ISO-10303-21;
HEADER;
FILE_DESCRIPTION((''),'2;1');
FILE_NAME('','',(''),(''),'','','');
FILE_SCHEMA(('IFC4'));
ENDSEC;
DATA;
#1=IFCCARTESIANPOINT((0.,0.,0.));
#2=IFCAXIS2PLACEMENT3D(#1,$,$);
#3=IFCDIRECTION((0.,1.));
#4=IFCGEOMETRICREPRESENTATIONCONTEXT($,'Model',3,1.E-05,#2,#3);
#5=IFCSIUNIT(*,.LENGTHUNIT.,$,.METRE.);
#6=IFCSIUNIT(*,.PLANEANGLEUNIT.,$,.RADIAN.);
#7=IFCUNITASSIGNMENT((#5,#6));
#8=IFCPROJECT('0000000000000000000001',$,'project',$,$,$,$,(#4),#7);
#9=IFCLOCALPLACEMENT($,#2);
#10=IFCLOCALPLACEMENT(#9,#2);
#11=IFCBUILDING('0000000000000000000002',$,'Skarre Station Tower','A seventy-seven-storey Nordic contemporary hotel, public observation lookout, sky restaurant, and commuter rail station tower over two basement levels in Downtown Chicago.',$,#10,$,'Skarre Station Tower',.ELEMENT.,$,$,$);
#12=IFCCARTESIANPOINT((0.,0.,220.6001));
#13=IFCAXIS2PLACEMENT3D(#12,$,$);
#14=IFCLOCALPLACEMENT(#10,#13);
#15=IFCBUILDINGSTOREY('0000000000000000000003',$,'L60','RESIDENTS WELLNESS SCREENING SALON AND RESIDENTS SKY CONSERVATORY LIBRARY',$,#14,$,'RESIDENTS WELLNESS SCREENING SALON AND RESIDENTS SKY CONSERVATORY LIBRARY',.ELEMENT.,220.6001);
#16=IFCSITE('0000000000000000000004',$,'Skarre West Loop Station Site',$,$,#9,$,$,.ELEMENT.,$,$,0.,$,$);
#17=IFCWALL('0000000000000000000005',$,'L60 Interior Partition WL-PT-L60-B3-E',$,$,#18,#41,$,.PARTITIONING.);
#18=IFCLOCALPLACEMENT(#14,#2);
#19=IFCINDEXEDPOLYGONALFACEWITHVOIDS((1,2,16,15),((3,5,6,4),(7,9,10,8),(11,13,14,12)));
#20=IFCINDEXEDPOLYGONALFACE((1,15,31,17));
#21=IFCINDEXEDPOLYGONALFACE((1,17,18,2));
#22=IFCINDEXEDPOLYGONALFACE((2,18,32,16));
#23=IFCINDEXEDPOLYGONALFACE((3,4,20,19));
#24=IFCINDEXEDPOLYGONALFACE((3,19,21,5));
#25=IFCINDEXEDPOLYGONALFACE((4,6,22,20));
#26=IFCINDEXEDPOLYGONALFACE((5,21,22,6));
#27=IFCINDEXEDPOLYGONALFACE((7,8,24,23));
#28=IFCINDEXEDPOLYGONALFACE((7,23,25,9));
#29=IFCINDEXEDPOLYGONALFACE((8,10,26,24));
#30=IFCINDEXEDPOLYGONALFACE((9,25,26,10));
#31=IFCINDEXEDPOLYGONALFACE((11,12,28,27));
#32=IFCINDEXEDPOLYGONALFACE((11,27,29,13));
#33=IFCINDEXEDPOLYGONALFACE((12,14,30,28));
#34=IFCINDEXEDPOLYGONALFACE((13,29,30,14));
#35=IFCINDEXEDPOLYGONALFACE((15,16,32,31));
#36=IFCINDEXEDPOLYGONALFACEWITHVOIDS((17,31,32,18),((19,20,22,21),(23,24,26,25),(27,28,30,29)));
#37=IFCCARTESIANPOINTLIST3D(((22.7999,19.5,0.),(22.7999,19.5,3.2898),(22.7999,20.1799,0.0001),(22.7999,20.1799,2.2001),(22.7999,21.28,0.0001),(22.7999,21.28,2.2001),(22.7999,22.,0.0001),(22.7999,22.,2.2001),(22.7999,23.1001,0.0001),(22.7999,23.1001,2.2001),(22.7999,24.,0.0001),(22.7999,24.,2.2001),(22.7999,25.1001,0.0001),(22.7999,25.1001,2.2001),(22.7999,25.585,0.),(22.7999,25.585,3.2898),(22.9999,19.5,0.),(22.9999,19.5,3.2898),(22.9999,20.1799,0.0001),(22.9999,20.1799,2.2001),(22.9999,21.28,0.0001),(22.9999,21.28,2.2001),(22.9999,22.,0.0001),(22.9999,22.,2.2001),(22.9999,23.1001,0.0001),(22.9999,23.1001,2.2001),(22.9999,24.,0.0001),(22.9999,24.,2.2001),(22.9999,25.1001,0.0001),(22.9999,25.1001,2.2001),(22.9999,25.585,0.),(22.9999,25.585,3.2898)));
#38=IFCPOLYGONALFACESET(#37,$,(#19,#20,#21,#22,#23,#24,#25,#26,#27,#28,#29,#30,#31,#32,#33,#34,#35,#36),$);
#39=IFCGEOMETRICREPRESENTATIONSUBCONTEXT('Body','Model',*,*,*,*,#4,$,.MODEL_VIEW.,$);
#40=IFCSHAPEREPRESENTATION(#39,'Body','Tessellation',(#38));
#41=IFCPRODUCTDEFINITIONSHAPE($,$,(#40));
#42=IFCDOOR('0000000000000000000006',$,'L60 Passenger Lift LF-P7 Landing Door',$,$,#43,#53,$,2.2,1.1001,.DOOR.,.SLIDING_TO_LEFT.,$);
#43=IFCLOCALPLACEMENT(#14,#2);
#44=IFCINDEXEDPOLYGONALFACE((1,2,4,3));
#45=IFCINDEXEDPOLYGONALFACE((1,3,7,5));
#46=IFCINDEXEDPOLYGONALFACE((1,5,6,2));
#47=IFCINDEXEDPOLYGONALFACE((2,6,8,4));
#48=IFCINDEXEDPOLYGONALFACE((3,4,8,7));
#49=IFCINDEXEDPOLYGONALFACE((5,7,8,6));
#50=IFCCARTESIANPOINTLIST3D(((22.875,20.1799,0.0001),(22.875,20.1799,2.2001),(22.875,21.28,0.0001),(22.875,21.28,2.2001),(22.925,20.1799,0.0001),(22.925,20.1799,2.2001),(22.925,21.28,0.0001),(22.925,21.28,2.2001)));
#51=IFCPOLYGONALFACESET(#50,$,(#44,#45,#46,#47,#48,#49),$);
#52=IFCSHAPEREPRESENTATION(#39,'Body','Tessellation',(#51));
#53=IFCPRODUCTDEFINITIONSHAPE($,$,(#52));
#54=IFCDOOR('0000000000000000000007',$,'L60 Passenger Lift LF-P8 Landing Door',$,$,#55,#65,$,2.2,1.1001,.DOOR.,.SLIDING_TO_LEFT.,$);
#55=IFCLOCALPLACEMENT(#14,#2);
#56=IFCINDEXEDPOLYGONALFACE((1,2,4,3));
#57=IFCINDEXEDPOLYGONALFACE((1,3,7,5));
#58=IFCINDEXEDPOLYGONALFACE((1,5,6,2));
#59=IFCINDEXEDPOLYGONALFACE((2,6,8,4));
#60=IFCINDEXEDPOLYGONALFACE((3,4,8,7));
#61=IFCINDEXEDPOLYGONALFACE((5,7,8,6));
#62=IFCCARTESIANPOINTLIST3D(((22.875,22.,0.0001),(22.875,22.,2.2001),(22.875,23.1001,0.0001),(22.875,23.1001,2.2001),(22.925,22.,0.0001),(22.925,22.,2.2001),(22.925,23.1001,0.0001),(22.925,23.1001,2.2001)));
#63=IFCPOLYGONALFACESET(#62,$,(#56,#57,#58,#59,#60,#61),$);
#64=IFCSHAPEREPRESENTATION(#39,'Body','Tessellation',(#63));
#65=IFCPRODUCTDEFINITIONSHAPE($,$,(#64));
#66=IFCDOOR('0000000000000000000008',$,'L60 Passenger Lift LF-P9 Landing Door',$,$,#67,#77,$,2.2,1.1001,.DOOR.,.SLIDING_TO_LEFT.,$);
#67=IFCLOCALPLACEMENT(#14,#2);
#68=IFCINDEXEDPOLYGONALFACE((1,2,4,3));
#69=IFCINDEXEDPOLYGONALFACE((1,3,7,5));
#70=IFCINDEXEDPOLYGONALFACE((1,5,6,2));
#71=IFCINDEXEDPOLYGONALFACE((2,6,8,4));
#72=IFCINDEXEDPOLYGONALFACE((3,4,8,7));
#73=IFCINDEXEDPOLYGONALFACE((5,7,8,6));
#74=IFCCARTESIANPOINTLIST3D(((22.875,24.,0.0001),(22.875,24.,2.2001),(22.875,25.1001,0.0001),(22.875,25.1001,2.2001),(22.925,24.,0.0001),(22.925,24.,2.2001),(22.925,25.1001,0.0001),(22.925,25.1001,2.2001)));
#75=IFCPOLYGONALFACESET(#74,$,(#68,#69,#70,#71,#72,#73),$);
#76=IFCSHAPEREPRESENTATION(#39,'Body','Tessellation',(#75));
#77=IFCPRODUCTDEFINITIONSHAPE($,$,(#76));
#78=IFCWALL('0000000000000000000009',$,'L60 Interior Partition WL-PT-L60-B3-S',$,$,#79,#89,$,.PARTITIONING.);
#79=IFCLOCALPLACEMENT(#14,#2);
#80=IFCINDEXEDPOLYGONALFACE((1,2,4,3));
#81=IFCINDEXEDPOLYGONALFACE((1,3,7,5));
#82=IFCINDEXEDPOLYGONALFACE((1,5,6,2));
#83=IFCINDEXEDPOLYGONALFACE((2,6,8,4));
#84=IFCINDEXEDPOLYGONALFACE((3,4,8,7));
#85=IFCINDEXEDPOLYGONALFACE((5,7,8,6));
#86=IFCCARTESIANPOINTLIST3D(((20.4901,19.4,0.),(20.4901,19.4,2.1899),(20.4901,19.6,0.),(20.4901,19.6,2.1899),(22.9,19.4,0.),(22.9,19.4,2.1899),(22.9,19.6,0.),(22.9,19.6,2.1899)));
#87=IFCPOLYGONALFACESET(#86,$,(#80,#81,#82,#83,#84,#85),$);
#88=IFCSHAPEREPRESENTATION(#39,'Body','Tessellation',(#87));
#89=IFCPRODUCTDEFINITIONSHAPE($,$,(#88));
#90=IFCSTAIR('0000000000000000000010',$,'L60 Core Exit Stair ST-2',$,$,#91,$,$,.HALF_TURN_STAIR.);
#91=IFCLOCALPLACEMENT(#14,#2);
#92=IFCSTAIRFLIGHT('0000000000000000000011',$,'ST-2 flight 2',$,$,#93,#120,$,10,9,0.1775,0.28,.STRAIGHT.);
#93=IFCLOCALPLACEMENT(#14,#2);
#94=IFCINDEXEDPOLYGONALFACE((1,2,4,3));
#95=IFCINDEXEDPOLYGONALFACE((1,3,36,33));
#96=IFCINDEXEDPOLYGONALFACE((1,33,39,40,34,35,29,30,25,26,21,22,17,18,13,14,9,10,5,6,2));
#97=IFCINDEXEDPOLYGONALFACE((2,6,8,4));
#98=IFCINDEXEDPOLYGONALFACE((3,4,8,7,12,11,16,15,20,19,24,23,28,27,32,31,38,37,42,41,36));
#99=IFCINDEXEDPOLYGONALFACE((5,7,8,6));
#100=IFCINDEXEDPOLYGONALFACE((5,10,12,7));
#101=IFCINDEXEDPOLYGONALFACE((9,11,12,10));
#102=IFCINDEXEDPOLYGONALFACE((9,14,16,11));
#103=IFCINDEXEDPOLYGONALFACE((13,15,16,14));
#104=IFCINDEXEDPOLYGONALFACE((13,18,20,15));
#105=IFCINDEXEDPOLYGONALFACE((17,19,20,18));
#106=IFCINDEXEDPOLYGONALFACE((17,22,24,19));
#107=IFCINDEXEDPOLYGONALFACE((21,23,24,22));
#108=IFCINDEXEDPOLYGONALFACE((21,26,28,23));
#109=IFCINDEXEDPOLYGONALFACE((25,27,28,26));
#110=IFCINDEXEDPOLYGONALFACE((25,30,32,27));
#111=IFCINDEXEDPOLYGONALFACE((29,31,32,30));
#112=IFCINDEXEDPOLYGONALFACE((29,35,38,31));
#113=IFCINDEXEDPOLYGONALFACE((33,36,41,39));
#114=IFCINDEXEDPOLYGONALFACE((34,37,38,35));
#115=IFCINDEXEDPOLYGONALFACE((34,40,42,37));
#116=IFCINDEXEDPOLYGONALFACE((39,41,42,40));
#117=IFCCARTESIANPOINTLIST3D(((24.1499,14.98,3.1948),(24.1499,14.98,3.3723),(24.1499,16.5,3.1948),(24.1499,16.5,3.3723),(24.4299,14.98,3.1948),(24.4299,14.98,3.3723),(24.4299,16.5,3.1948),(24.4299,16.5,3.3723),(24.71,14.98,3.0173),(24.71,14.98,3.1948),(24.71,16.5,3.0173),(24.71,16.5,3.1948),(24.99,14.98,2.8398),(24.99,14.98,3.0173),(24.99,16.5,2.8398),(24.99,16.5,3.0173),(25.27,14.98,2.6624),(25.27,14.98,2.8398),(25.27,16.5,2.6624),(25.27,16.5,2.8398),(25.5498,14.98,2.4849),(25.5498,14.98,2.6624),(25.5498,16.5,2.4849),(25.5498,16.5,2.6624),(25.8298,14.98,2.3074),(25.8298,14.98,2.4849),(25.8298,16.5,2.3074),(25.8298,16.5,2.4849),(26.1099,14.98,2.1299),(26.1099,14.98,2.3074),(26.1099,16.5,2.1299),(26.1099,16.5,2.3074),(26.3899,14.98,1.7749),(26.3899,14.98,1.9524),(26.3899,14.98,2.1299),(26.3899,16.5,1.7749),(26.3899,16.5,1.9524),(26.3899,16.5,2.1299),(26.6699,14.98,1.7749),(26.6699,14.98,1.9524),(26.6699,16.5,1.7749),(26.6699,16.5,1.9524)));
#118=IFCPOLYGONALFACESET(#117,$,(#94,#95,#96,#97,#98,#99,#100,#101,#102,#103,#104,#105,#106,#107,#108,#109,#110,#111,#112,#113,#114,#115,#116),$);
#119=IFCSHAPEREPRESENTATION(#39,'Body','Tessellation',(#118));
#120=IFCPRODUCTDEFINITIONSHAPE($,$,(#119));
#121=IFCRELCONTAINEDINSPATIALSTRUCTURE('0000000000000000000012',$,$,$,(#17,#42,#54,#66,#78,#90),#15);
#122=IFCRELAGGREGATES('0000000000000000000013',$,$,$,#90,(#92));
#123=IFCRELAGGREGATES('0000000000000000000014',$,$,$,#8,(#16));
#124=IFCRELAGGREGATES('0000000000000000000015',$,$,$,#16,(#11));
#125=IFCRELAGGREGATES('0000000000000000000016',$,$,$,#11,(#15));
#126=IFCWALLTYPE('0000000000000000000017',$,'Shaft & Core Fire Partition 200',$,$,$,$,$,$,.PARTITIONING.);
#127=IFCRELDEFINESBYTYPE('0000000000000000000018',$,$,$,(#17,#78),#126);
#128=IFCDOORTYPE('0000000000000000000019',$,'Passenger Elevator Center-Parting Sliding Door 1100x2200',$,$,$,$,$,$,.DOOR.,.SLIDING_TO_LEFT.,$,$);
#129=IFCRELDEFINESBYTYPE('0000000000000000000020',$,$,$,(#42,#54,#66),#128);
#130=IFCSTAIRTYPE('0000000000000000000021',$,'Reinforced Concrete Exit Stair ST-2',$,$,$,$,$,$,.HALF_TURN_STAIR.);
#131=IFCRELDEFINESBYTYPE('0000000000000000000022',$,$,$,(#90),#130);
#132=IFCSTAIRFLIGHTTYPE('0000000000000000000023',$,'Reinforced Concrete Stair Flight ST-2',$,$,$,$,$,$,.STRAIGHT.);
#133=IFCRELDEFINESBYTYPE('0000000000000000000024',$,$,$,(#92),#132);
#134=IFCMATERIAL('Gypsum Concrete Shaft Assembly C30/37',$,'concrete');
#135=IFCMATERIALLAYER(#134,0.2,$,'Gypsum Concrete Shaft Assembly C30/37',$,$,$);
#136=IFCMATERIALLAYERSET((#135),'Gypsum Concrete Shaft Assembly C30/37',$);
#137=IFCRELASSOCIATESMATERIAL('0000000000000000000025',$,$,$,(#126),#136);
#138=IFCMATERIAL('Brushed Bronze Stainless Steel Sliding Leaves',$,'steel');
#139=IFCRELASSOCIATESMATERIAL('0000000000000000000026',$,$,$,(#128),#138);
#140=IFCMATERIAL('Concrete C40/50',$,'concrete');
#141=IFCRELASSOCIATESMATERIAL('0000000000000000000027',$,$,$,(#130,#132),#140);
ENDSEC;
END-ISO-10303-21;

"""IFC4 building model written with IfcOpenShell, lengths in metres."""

from ifc_helpers import new_model, si_unit, direction, frame, frame_2d, origin, place, context, subcontext, project, spatial, polyline, rectangle, outline, extrude, material, layer, layer_set, type_object, element, fill, aggregate, save


model = new_model("IFC4")

# Units and contexts
model_context = context("Model", 3, precision=1e-05, world=origin(), true_north=direction((0.0, 1.0)))
body_context = subcontext(model_context, "Body", "Model", "MODEL_VIEW")
ifc_project = project(units=[si_unit("LENGTHUNIT", "METRE"), si_unit("PLANEANGLEUNIT", "RADIAN")], contexts=[model_context])

# Site, building, storey
site_placement = place(None, origin())
site = spatial("IfcSite", under=ifc_project, at=site_placement, Name="Skarre West Loop Station Site", CompositionType="ELEMENT", RefElevation=0.0)
building_placement = place(site_placement, origin())
building = spatial("IfcBuilding", under=site, at=building_placement, Name="Skarre Station Tower", Description="A seventy-seven-storey Nordic contemporary hotel, public observation lookout, sky restaurant, and commuter rail station tower over two basement levels in Downtown Chicago.", LongName="Skarre Station Tower", CompositionType="ELEMENT")
storey_placement = place(building_placement, frame((0.0, 0.0, 220.6001)))
storey = spatial("IfcBuildingStorey", under=building, at=storey_placement, Name="L60", Description="RESIDENTS WELLNESS SCREENING SALON AND RESIDENTS SKY CONSERVATORY LIBRARY", LongName="RESIDENTS WELLNESS SCREENING SALON AND RESIDENTS SKY CONSERVATORY LIBRARY", CompositionType="ELEMENT", Elevation=220.6001)

# Wall, openings, doors
ifc_material_1 = material(Name="Gypsum Concrete Shaft Assembly C30/37", Category="concrete")
ifc_layer_1 = layer(ifc_material_1, 0.2, Name="Gypsum Concrete Shaft Assembly C30/37")
ifc_layer_set_1 = layer_set([ifc_layer_1], Name="Gypsum Concrete Shaft Assembly C30/37")
wall_type_1 = type_object("IfcWallType", Name="Shaft & Core Fire Partition 200", PredefinedType="PARTITIONING", material=ifc_layer_set_1)
wall_1_placement = place(storey_placement, frame((22.8999, 19.5, 0.0), z_axis=(0.0, 0.0, 1.0), x_axis=(0.0, 1.0, 0.0)))
wall_1 = element("IfcWall", 1, at=wall_1_placement, inside=storey, type_object=wall_type_1, Name="L60 Interior Partition WL-PT-L60-B3-E", PredefinedType="PARTITIONING", context=body_context, shape_type="SweptSolid", body=[
    extrude(rectangle(XDim=6.085, YDim=0.2, at=frame_2d((3.0425, 0.0))), origin(), (0.0, 0.0, 1.0), 3.2898),
])
opening_1_placement = place(wall_1_placement, frame((0.6799, 0.0, 0.0)))
opening_1 = element("IfcOpeningElement", 2, at=opening_1_placement, cuts=wall_1, PredefinedType="OPENING", context=body_context, shape_type="SweptSolid", body=[
    extrude(rectangle(XDim=1.1001, YDim=2.2, at=frame_2d((0.55, 1.1001))), frame((0.0, 0.1099, 0.0), z_axis=(0.0, -1.0, 0.0), x_axis=(1.0, 0.0, 0.0)), (0.0, 0.0, 1.0), 0.22),
])
opening_2_placement = place(wall_1_placement, frame((2.5, 0.0, 0.0)))
opening_2 = element("IfcOpeningElement", 3, at=opening_2_placement, cuts=wall_1, PredefinedType="OPENING", context=body_context, shape_type="SweptSolid", body=[
    extrude(rectangle(XDim=1.1001, YDim=2.2, at=frame_2d((0.55, 1.1001))), frame((0.0, 0.1099, 0.0), z_axis=(0.0, -1.0, 0.0), x_axis=(1.0, 0.0, 0.0)), (0.0, 0.0, 1.0), 0.22),
])
opening_3_placement = place(wall_1_placement, frame((4.5, 0.0, 0.0)))
opening_3 = element("IfcOpeningElement", 4, at=opening_3_placement, cuts=wall_1, PredefinedType="OPENING", context=body_context, shape_type="SweptSolid", body=[
    extrude(rectangle(XDim=1.1001, YDim=2.2, at=frame_2d((0.55, 1.1001))), frame((0.0, 0.1099, 0.0), z_axis=(0.0, -1.0, 0.0), x_axis=(1.0, 0.0, 0.0)), (0.0, 0.0, 1.0), 0.22),
])
ifc_material_2 = material(Name="Brushed Bronze Stainless Steel Sliding Leaves", Category="steel")
door_type_1 = type_object("IfcDoorType", Name="Passenger Elevator Center-Parting Sliding Door 1100x2200", OperationType="SLIDING_TO_LEFT", PredefinedType="DOOR", material=ifc_material_2)
door_1_placement = place(opening_1_placement, origin())
door_1 = element("IfcDoor", 5, at=door_1_placement, inside=storey, type_object=door_type_1, Name="L60 Passenger Lift LF-P7 Landing Door", OperationType="SLIDING_TO_LEFT", OverallHeight=2.2, OverallWidth=1.1001, PredefinedType="DOOR", context=body_context, shape_type="SweptSolid", body=[
    extrude(rectangle(XDim=1.1001, YDim=2.2, at=frame_2d((0.55, 1.1001))), frame((0.0, 0.0249, 0.0), z_axis=(0.0, -1.0, 0.0), x_axis=(1.0, 0.0, 0.0)), (0.0, 0.0, 1.0), 0.05),
])
fill(opening_1, door_1)
door_2_placement = place(opening_2_placement, origin())
door_2 = element("IfcDoor", 6, at=door_2_placement, inside=storey, type_object=door_type_1, Name="L60 Passenger Lift LF-P8 Landing Door", OperationType="SLIDING_TO_LEFT", OverallHeight=2.2, OverallWidth=1.1001, PredefinedType="DOOR", context=body_context, shape_type="SweptSolid", body=[
    extrude(rectangle(XDim=1.1001, YDim=2.2, at=frame_2d((0.55, 1.1001))), frame((0.0, 0.0249, 0.0), z_axis=(0.0, -1.0, 0.0), x_axis=(1.0, 0.0, 0.0)), (0.0, 0.0, 1.0), 0.05),
])
fill(opening_2, door_2)
door_3_placement = place(opening_3_placement, origin())
door_3 = element("IfcDoor", 7, at=door_3_placement, inside=storey, type_object=door_type_1, Name="L60 Passenger Lift LF-P9 Landing Door", OperationType="SLIDING_TO_LEFT", OverallHeight=2.2, OverallWidth=1.1001, PredefinedType="DOOR", context=body_context, shape_type="SweptSolid", body=[
    extrude(rectangle(XDim=1.1001, YDim=2.2, at=frame_2d((0.55, 1.1001))), frame((0.0, 0.0249, 0.0), z_axis=(0.0, -1.0, 0.0), x_axis=(1.0, 0.0, 0.0)), (0.0, 0.0, 1.0), 0.05),
])
fill(opening_3, door_3)

# Wall
wall_2_placement = place(storey_placement, frame((20.49, 19.5, 0.0), z_axis=(0.0, 0.0, 1.0), x_axis=(1.0, 0.0, 0.0)))
element("IfcWall", 8, at=wall_2_placement, inside=storey, type_object=wall_type_1, Name="L60 Interior Partition WL-PT-L60-B3-S", PredefinedType="PARTITIONING", context=body_context, shape_type="SweptSolid", body=[
    extrude(rectangle(XDim=2.4099, YDim=0.2, at=frame_2d((1.2051, 0.0))), origin(), (0.0, 0.0, 1.0), 2.1899),
])

# Stair, stair flight
ifc_material_3 = material(Name="Concrete C40/50", Category="concrete")
stair_type = type_object("IfcStairType", Name="Reinforced Concrete Exit Stair ST-2", PredefinedType="HALF_TURN_STAIR", material=ifc_material_3)
stair_placement = place(storey_placement, origin())
stair = element("IfcStair", 9, at=stair_placement, inside=storey, type_object=stair_type, Name="L60 Core Exit Stair ST-2", PredefinedType="HALF_TURN_STAIR")
stair_flight_type = type_object("IfcStairFlightType", Name="Reinforced Concrete Stair Flight ST-2", PredefinedType="STRAIGHT", material=ifc_material_3)
stair_flight_placement = place(storey_placement, frame((26.6699, 15.74, 1.7749), z_axis=(0.0, 0.0, 1.0), x_axis=(-1.0, 0.0, 0.0)))
stair_flight = element("IfcStairFlight", 10, at=stair_flight_placement, type_object=stair_flight_type, Name="ST-2 flight 2", NumberOfRisers=10, NumberOfTreads=9, PredefinedType="STRAIGHT", RiserHeight=0.1775, TreadLength=0.28, context=body_context, shape_type="SweptSolid", body=[
    extrude(outline(polyline([(0.0, 0.0), (0.0, 0.1775), (0.28, 0.1775), (0.28, 0.355), (0.5601, 0.355), (0.5601, 0.5325), (0.8401, 0.5325), (0.8401, 0.71), (1.1201, 0.71), (1.1201, 0.8875), (1.3999, 0.8875), (1.3999, 1.0649), (1.6799, 1.0649), (1.6799, 1.2424), (1.96, 1.2424), (1.96, 1.4199), (2.24, 1.4199), (2.24, 1.5974), (2.52, 1.5974), (2.52, 1.7749), (2.52, 1.4199), (0.28, 0.0), (0.0, 0.0)])), frame((0.0, 0.76, 0.0), z_axis=(0.0, -1.0, 0.0), x_axis=(1.0, 0.0, 0.0)), (0.0, 0.0, 1.0), 1.52),
])
aggregate(stair, [stair_flight])

save(model, "model.ifc")
